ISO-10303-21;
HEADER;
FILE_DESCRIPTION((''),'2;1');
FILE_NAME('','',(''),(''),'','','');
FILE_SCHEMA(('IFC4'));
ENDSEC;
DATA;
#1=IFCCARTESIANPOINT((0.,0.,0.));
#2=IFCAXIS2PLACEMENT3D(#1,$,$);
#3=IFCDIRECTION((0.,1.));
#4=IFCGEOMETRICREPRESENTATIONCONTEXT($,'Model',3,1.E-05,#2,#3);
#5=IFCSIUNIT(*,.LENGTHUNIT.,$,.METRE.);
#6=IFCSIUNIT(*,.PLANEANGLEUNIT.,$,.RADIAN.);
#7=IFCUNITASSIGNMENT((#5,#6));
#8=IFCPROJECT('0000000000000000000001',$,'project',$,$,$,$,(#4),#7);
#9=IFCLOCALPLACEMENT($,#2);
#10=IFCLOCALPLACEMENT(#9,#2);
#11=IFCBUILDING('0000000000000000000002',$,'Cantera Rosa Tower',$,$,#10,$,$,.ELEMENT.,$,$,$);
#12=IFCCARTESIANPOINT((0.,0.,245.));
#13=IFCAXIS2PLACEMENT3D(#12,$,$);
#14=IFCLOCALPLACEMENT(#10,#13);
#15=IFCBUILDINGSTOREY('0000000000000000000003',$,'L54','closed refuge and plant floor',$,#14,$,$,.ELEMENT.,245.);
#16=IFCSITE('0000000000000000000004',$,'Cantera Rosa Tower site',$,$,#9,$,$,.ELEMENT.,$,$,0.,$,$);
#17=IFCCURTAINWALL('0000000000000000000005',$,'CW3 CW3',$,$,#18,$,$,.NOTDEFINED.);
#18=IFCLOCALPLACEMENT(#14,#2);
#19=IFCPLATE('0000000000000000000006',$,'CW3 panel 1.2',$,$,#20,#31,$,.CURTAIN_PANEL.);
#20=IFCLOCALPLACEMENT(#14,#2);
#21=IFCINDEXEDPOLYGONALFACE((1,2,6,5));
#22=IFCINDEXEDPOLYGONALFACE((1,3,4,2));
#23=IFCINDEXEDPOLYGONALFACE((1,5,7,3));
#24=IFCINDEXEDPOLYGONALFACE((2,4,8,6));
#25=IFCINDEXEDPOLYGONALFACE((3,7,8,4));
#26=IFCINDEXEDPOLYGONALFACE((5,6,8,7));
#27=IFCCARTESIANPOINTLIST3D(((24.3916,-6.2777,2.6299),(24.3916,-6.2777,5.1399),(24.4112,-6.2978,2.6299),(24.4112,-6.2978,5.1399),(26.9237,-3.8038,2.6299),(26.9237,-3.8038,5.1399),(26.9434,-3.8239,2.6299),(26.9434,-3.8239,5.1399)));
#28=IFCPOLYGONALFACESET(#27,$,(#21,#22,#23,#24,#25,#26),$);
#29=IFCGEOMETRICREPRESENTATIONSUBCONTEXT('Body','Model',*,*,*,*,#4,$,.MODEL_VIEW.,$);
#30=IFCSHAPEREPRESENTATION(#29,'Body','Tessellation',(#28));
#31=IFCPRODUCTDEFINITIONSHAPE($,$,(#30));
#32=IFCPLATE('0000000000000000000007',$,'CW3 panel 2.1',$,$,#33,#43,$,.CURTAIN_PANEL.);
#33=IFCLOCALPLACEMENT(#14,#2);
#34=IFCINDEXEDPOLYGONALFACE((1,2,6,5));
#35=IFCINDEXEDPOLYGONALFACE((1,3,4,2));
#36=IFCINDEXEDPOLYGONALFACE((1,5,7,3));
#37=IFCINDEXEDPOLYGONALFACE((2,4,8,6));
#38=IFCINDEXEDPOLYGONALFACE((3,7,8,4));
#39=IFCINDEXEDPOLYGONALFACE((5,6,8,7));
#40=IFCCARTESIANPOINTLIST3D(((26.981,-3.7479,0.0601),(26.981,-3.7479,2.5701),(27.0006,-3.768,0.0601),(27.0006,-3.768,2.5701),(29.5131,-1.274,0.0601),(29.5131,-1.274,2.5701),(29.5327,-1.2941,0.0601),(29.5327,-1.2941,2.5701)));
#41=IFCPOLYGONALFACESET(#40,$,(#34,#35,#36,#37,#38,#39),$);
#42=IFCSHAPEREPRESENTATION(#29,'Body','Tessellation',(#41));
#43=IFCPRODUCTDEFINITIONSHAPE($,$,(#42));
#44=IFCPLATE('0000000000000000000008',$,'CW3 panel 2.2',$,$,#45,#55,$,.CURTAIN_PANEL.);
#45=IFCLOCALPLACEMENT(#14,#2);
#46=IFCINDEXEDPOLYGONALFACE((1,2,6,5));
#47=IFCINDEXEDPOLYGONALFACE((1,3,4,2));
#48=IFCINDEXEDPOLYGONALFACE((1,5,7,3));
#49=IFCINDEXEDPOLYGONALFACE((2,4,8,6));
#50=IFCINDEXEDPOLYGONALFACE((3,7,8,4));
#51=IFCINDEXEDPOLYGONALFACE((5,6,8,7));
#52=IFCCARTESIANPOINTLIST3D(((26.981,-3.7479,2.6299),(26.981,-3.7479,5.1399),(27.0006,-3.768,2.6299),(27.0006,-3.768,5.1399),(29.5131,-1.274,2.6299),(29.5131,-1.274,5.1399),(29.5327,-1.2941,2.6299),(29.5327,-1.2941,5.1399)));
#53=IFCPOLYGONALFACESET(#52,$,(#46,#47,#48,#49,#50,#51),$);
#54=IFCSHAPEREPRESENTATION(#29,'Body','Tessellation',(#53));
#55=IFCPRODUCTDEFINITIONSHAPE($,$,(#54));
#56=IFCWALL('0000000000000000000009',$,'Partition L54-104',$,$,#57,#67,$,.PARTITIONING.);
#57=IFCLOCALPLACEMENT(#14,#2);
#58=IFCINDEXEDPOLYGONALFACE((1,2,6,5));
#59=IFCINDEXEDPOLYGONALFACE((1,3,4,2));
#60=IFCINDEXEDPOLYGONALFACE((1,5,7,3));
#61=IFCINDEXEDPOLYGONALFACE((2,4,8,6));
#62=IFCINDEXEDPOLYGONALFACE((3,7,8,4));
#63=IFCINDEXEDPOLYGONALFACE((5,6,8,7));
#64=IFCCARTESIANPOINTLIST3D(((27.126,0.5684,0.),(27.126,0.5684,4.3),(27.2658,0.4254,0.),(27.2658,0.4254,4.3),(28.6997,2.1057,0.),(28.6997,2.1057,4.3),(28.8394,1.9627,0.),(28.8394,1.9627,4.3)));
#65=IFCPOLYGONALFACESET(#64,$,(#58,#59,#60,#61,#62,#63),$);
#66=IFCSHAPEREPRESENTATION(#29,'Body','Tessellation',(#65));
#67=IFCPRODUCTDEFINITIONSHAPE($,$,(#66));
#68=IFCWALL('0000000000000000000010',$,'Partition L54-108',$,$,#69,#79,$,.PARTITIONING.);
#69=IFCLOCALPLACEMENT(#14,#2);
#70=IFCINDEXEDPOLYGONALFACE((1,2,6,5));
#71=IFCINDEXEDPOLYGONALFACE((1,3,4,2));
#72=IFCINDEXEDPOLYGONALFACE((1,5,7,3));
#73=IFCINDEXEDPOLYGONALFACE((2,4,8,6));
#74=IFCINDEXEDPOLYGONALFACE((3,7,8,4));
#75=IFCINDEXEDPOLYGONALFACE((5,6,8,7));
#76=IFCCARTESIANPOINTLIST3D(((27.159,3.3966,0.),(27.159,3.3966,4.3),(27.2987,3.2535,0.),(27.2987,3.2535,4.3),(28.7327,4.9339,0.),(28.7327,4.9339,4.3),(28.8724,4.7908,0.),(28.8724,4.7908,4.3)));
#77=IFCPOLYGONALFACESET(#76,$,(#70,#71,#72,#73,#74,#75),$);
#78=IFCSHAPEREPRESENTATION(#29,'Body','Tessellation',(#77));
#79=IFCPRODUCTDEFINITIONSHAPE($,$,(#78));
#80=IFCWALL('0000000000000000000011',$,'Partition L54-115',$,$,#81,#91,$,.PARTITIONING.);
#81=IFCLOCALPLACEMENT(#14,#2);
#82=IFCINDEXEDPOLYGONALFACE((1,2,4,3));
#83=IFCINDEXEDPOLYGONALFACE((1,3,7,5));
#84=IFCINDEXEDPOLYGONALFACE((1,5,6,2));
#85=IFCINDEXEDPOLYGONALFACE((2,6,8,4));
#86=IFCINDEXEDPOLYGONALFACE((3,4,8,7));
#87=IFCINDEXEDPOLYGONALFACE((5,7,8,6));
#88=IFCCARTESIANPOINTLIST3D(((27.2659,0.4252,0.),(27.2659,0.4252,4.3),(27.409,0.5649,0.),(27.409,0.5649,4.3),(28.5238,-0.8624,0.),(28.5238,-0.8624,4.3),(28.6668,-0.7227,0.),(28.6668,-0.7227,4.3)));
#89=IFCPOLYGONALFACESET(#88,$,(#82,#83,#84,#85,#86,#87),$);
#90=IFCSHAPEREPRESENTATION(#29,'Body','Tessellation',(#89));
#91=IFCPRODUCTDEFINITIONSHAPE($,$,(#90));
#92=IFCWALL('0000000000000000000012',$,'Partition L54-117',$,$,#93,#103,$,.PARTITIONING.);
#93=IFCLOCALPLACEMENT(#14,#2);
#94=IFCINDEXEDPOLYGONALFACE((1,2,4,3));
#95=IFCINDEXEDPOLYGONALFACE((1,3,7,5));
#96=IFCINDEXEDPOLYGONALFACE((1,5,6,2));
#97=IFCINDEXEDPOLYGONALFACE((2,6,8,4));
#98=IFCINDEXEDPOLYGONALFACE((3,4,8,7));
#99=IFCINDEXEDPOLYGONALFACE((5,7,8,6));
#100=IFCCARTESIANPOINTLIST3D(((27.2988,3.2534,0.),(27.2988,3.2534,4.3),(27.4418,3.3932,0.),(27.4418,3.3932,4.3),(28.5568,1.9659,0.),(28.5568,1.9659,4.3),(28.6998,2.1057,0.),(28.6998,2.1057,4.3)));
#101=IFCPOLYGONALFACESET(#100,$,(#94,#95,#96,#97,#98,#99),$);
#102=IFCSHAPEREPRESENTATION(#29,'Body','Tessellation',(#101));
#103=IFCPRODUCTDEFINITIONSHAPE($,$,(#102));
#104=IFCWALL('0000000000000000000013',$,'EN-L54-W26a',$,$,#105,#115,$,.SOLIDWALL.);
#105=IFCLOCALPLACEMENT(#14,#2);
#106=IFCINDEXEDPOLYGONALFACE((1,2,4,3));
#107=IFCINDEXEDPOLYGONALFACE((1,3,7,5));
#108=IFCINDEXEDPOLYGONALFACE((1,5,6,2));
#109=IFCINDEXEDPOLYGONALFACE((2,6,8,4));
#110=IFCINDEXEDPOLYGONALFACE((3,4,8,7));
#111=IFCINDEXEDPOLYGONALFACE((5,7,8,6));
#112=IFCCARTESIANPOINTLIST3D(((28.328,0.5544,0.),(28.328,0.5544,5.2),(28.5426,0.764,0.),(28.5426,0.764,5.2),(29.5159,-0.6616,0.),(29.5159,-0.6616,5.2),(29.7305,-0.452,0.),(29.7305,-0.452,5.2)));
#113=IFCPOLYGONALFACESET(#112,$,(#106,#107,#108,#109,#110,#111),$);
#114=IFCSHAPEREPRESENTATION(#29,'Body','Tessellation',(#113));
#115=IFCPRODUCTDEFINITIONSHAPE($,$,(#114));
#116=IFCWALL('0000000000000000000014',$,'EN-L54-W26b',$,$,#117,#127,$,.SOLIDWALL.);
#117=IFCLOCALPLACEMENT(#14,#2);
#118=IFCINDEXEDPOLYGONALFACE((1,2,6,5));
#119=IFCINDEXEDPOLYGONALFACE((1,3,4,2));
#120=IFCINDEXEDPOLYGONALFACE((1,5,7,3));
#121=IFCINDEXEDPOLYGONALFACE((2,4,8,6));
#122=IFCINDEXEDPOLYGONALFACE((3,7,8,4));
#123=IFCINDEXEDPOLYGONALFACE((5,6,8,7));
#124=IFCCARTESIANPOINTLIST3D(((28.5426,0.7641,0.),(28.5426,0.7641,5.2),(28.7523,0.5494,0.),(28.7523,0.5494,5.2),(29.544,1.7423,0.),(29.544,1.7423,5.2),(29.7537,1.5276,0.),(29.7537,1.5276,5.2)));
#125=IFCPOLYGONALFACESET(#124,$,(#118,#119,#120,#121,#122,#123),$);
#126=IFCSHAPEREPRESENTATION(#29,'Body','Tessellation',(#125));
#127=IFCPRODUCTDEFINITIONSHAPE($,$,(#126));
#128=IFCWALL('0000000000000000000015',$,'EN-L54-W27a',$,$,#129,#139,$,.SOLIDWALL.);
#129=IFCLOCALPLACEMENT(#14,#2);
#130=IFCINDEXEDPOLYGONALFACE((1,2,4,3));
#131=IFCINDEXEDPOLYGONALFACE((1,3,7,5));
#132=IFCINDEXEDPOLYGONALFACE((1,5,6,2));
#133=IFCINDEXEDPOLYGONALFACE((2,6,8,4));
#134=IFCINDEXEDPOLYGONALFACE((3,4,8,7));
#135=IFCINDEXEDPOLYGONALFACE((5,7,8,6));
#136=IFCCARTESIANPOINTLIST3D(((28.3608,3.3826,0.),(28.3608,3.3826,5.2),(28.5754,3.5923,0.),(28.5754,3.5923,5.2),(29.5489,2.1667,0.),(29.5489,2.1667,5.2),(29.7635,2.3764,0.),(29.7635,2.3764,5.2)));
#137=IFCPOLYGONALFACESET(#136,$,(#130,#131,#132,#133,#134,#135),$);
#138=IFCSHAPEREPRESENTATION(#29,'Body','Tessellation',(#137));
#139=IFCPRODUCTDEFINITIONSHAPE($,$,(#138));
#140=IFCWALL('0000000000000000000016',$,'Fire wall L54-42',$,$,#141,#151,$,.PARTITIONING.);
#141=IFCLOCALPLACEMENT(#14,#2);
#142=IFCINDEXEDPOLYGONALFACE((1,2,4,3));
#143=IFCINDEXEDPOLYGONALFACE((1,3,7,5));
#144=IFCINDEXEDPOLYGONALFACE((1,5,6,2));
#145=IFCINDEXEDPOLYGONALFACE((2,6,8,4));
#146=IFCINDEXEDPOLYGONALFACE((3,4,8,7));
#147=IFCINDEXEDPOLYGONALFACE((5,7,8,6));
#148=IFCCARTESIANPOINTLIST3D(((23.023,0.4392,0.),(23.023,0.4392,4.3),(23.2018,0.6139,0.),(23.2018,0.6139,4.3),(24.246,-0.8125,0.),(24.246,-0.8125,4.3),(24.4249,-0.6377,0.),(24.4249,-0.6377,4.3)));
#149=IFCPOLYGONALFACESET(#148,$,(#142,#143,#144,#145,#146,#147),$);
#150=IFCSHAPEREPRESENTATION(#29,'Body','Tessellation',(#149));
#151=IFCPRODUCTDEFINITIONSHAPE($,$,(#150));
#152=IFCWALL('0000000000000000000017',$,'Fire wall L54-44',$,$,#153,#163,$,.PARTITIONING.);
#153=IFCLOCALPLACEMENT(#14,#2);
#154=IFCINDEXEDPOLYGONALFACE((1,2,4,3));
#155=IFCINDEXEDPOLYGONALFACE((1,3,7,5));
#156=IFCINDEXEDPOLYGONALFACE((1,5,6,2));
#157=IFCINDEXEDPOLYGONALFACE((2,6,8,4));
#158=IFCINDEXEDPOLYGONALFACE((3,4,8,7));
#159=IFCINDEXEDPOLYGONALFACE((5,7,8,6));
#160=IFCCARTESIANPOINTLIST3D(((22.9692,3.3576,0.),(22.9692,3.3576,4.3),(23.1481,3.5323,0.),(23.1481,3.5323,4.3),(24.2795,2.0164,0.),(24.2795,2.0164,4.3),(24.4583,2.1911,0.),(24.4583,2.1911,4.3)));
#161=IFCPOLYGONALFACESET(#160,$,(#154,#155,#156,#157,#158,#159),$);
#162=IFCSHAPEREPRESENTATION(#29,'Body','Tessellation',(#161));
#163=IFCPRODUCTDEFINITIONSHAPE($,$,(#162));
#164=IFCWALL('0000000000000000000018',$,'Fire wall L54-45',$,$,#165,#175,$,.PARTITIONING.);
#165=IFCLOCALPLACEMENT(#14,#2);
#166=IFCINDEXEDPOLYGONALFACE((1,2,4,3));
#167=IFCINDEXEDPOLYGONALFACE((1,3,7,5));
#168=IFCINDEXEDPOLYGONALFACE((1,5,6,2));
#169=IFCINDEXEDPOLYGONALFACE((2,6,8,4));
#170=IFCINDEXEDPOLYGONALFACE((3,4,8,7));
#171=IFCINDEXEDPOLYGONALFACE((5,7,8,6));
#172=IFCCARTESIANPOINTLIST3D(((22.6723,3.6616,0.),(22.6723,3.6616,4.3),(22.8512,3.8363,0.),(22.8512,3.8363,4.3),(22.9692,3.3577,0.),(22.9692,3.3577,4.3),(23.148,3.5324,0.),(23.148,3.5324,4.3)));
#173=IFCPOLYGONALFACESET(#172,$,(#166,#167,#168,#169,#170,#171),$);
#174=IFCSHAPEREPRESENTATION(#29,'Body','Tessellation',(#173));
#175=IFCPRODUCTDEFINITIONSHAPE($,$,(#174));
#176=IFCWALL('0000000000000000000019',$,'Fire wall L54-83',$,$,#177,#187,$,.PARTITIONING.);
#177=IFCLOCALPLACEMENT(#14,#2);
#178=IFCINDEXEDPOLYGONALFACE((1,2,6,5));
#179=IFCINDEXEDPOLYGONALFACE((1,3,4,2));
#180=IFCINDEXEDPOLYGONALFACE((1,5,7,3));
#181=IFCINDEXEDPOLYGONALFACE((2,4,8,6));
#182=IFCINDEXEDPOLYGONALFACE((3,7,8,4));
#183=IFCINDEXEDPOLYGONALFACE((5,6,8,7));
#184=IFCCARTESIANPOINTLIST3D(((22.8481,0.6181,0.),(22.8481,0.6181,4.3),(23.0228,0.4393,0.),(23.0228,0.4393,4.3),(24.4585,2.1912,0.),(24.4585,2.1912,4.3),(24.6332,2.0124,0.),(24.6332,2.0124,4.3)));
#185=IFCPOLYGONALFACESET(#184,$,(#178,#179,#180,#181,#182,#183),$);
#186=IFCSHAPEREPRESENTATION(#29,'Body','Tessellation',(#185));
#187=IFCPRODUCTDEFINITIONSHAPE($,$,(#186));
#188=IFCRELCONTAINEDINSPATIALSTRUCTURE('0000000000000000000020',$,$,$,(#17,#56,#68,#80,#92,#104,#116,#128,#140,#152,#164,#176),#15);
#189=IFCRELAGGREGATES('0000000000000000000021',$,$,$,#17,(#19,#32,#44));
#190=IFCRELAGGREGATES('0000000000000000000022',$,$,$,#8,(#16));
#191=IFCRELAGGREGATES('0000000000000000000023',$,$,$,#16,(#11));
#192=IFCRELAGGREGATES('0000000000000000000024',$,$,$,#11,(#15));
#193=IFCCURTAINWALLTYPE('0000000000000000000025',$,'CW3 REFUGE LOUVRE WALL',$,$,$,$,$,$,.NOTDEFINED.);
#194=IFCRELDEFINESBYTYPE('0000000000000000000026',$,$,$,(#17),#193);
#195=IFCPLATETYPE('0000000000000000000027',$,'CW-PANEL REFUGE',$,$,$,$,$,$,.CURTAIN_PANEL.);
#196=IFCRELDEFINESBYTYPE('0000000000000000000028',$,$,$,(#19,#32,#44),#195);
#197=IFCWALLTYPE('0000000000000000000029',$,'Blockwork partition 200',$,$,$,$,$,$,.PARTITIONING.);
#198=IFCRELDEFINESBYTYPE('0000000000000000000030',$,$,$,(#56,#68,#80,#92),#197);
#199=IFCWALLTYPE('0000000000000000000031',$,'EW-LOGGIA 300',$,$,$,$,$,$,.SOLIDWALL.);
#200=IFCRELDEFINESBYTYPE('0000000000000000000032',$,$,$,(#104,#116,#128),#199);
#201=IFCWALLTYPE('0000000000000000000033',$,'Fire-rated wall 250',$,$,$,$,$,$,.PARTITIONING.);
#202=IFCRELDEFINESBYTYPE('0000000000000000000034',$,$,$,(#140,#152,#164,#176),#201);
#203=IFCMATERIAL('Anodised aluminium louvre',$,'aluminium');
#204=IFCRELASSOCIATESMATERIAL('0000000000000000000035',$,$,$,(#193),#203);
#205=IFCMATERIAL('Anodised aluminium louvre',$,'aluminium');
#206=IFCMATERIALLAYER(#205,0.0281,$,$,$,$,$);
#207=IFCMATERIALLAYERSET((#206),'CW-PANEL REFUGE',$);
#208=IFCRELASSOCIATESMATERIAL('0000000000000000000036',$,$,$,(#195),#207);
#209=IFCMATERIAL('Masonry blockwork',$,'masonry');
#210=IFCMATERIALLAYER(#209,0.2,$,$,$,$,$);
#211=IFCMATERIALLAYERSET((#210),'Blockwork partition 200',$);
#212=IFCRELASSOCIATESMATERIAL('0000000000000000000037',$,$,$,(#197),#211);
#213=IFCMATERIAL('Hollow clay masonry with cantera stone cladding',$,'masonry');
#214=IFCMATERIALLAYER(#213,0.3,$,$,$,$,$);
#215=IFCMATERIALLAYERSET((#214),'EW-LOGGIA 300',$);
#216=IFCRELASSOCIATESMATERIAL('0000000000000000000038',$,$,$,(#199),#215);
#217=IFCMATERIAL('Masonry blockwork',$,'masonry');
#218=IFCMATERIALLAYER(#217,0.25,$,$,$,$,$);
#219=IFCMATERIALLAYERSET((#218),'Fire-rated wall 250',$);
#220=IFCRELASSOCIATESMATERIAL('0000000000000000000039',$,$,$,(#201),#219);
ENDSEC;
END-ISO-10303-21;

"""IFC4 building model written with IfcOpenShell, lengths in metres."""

from ifc_helpers import new_model, si_unit, direction, frame, frame_2d, origin, origin_2d, place, context, subcontext, project, spatial, rectangle, extrude, material, layer, layer_set, type_object, element, aggregate, save


model = new_model("IFC4")

# Units and contexts
model_context = context("Model", 3, precision=1e-05, world=origin(), true_north=direction((0.0, 1.0)))
body_context = subcontext(model_context, "Body", "Model", "MODEL_VIEW")
ifc_project = project(units=[si_unit("LENGTHUNIT", "METRE"), si_unit("PLANEANGLEUNIT", "RADIAN")], contexts=[model_context])

# Site, building, storey
site_placement = place(None, origin())
site = spatial("IfcSite", under=ifc_project, at=site_placement, Name="Cantera Rosa Tower site", CompositionType="ELEMENT", RefElevation=0.0)
building_placement = place(site_placement, origin())
building = spatial("IfcBuilding", under=site, at=building_placement, Name="Cantera Rosa Tower", CompositionType="ELEMENT")
storey_placement = place(building_placement, frame((0.0, 0.0, 245.0)))
storey = spatial("IfcBuildingStorey", under=building, at=storey_placement, Name="L54", Description="closed refuge and plant floor", CompositionType="ELEMENT", Elevation=245.0)

# Curtain wall
ifc_material_1 = material(Name="Anodised aluminium louvre", Category="aluminium")
curtain_wall_type = type_object("IfcCurtainWallType", Name="CW3 REFUGE LOUVRE WALL", PredefinedType="NOTDEFINED", material=ifc_material_1)
curtain_wall_1_placement = place(storey_placement, origin())
curtain_wall_1 = element("IfcCurtainWall", 1, at=curtain_wall_1_placement, inside=storey, type_object=curtain_wall_type, Name="CW3 CW3", PredefinedType="NOTDEFINED")

# Plates
ifc_material_2 = material(Name="Anodised aluminium louvre", Category="aluminium")
ifc_layer_1 = layer(ifc_material_2, 0.0281)
ifc_layer_set_1 = layer_set([ifc_layer_1], Name="CW-PANEL REFUGE")
plate_type = type_object("IfcPlateType", Name="CW-PANEL REFUGE", PredefinedType="CURTAIN_PANEL", material=ifc_layer_set_1)
plate_1_placement = place(storey_placement, frame((25.6675, -5.0508, 2.6299), z_axis=(0.0, 0.0, 1.0), x_axis=(0.715286, 0.698832, 0.0)))
plate_1 = element("IfcPlate", 2, at=plate_1_placement, type_object=plate_type, Name="CW3 panel 1.2", PredefinedType="CURTAIN_PANEL", context=body_context, shape_type="SweptSolid", body=[
    extrude(rectangle(XDim=3.54, YDim=0.0281, at=origin_2d()), origin(), (0.0, 0.0, 1.0), 2.51),
])
plate_2_placement = place(storey_placement, frame((28.2568, -2.521, 0.0601), z_axis=(0.0, 0.0, 1.0), x_axis=(0.715286, 0.698832, 0.0)))
plate_2 = element("IfcPlate", 3, at=plate_2_placement, type_object=plate_type, Name="CW3 panel 2.1", PredefinedType="CURTAIN_PANEL", context=body_context, shape_type="SweptSolid", body=[
    extrude(rectangle(XDim=3.54, YDim=0.0281, at=origin_2d()), origin(), (0.0, 0.0, 1.0), 2.51),
])
plate_3_placement = place(storey_placement, frame((28.2568, -2.521, 2.6299), z_axis=(0.0, 0.0, 1.0), x_axis=(0.715286, 0.698832, 0.0)))
plate_3 = element("IfcPlate", 4, at=plate_3_placement, type_object=plate_type, Name="CW3 panel 2.2", PredefinedType="CURTAIN_PANEL", context=body_context, shape_type="SweptSolid", body=[
    extrude(rectangle(XDim=3.54, YDim=0.0281, at=origin_2d()), origin(), (0.0, 0.0, 1.0), 2.51),
])
aggregate(curtain_wall_1, [plate_1, plate_2, plate_3])

# Walls
ifc_material_3 = material(Name="Masonry blockwork", Category="masonry")
ifc_layer_2 = layer(ifc_material_3, 0.2)
ifc_layer_set_2 = layer_set([ifc_layer_2], Name="Blockwork partition 200")
wall_type_1 = type_object("IfcWallType", Name="Blockwork partition 200", PredefinedType="PARTITIONING", material=ifc_layer_set_2)
for number, where, z_axis, x_axis, name in (
    (5, (27.1958, 0.4968, 0.0), (0.0, 0.0, 1.0), (0.715326, 0.698791, 0.0), "Partition L54-104"),
    (6, (27.2288, 3.325, 0.0), (0.0, 0.0, 1.0), (0.715326, 0.698791, 0.0), "Partition L54-108"),
):
    element("IfcWall", number, at=place(storey_placement, frame(where, z_axis=z_axis, x_axis=x_axis)), inside=storey, type_object=wall_type_1, Name=name, PredefinedType="PARTITIONING", context=body_context, shape_type="SweptSolid", body=[
        extrude(rectangle(XDim=2.2, YDim=0.2, at=frame_2d((1.1001, 0.0))), origin(), (0.0, 0.0, 1.0), 4.3),
    ])
for number, where, z_axis, x_axis, name in (
    (7, (28.5952, -0.7925, 0.0), (0.0, 0.0, 1.0), (-0.698785, 0.715332, 0.0), "Partition L54-115"),
    (8, (28.6282, 2.0359, 0.0), (0.0, 0.0, 1.0), (-0.698854, 0.715264, 0.0), "Partition L54-117"),
):
    element("IfcWall", number, at=place(storey_placement, frame(where, z_axis=z_axis, x_axis=x_axis)), inside=storey, type_object=wall_type_1, Name=name, PredefinedType="PARTITIONING", context=body_context, shape_type="SweptSolid", body=[
        extrude(rectangle(XDim=1.8, YDim=0.2, at=frame_2d((0.8999, 0.0))), origin(), (0.0, 0.0, 1.0), 4.3),
    ])
ifc_material_4 = material(Name="Hollow clay masonry with cantera stone cladding", Category="masonry")
ifc_layer_3 = layer(ifc_material_4, 0.3)
ifc_layer_set_3 = layer_set([ifc_layer_3], Name="EW-LOGGIA 300")
wall_type_2 = type_object("IfcWallType", Name="EW-LOGGIA 300", PredefinedType="SOLIDWALL", material=ifc_layer_set_3)
wall_1_placement = place(storey_placement, frame((29.6233, -0.5569, 0.0), z_axis=(0.0, 0.0, 1.0), x_axis=(-0.698801, 0.715316, 0.0)))
element("IfcWall", 9, at=wall_1_placement, inside=storey, type_object=wall_type_2, Name="EN-L54-W26a", PredefinedType="SOLIDWALL", context=body_context, shape_type="SweptSolid", body=[
    extrude(rectangle(XDim=1.7, YDim=0.3, at=frame_2d((0.8501, 0.0))), origin(), (0.0, 0.0, 1.0), 5.2),
])
wall_2_placement = place(storey_placement, frame((28.6475, 0.6567, 0.0), z_axis=(0.0, 0.0, 1.0), x_axis=(0.715342, 0.698775, 0.0)))
element("IfcWall", 10, at=wall_2_placement, inside=storey, type_object=wall_type_2, Name="EN-L54-W26b", PredefinedType="SOLIDWALL", context=body_context, shape_type="SweptSolid", body=[
    extrude(rectangle(XDim=1.3999, YDim=0.3, at=frame_2d((0.7, 0.0))), origin(), (0.0, 0.0, 1.0), 5.2),
])
wall_3_placement = place(storey_placement, frame((29.6562, 2.2715, 0.0), z_axis=(0.0, 0.0, 1.0), x_axis=(-0.698873, 0.715246, 0.0)))
element("IfcWall", 11, at=wall_3_placement, inside=storey, type_object=wall_type_2, Name="EN-L54-W27a", PredefinedType="SOLIDWALL", context=body_context, shape_type="SweptSolid", body=[
    extrude(rectangle(XDim=1.7, YDim=0.3, at=frame_2d((0.8501, 0.0))), origin(), (0.0, 0.0, 1.0), 5.2),
])
ifc_material_5 = material(Name="Masonry blockwork", Category="masonry")
ifc_layer_4 = layer(ifc_material_5, 0.25)
ifc_layer_set_4 = layer_set([ifc_layer_4], Name="Fire-rated wall 250")
wall_type_3 = type_object("IfcWallType", Name="Fire-rated wall 250", PredefinedType="PARTITIONING", material=ifc_layer_set_4)
wall_4_placement = place(storey_placement, frame((24.3354, -0.7251, 0.0), z_axis=(0.0, 0.0, 1.0), x_axis=(-0.698899, 0.71522, 0.0)))
element("IfcWall", 12, at=wall_4_placement, inside=storey, type_object=wall_type_3, Name="Fire wall L54-42", PredefinedType="PARTITIONING", context=body_context, shape_type="SweptSolid", body=[
    extrude(rectangle(XDim=1.75, YDim=0.25, at=frame_2d((0.875, 0.0))), origin(), (0.0, 0.0, 1.0), 4.3),
])
wall_5_placement = place(storey_placement, frame((24.3689, 2.1038, 0.0), z_axis=(0.0, 0.0, 1.0), x_axis=(-0.698791, 0.715326, 0.0)))
element("IfcWall", 13, at=wall_5_placement, inside=storey, type_object=wall_type_3, Name="Fire wall L54-44", PredefinedType="PARTITIONING", context=body_context, shape_type="SweptSolid", body=[
    extrude(rectangle(XDim=1.875, YDim=0.25, at=frame_2d((0.9375, 0.0))), origin(), (0.0, 0.0, 1.0), 4.3),
])
wall_6_placement = place(storey_placement, frame((23.0586, 3.4451, 0.0), z_axis=(0.0, 0.0, 1.0), x_axis=(-0.698726, 0.71539, 0.0)))
element("IfcWall", 14, at=wall_6_placement, inside=storey, type_object=wall_type_3, Name="Fire wall L54-45", PredefinedType="PARTITIONING", context=body_context, shape_type="SweptSolid", body=[
    extrude(rectangle(XDim=0.4248, YDim=0.25, at=frame_2d((0.2124, 0.0))), origin(), (0.0, 0.0, 1.0), 4.3),
])
wall_7_placement = place(storey_placement, frame((22.9355, 0.5288, 0.0), z_axis=(0.0, 0.0, 1.0), x_axis=(0.715355, 0.698761, 0.0)))
element("IfcWall", 15, at=wall_7_placement, inside=storey, type_object=wall_type_3, Name="Fire wall L54-83", PredefinedType="PARTITIONING", context=body_context, shape_type="SweptSolid", body=[
    extrude(rectangle(XDim=2.2512, YDim=0.25, at=frame_2d((1.1255, 0.0))), origin(), (0.0, 0.0, 1.0), 4.3),
])

save(model, "model.ifc")
